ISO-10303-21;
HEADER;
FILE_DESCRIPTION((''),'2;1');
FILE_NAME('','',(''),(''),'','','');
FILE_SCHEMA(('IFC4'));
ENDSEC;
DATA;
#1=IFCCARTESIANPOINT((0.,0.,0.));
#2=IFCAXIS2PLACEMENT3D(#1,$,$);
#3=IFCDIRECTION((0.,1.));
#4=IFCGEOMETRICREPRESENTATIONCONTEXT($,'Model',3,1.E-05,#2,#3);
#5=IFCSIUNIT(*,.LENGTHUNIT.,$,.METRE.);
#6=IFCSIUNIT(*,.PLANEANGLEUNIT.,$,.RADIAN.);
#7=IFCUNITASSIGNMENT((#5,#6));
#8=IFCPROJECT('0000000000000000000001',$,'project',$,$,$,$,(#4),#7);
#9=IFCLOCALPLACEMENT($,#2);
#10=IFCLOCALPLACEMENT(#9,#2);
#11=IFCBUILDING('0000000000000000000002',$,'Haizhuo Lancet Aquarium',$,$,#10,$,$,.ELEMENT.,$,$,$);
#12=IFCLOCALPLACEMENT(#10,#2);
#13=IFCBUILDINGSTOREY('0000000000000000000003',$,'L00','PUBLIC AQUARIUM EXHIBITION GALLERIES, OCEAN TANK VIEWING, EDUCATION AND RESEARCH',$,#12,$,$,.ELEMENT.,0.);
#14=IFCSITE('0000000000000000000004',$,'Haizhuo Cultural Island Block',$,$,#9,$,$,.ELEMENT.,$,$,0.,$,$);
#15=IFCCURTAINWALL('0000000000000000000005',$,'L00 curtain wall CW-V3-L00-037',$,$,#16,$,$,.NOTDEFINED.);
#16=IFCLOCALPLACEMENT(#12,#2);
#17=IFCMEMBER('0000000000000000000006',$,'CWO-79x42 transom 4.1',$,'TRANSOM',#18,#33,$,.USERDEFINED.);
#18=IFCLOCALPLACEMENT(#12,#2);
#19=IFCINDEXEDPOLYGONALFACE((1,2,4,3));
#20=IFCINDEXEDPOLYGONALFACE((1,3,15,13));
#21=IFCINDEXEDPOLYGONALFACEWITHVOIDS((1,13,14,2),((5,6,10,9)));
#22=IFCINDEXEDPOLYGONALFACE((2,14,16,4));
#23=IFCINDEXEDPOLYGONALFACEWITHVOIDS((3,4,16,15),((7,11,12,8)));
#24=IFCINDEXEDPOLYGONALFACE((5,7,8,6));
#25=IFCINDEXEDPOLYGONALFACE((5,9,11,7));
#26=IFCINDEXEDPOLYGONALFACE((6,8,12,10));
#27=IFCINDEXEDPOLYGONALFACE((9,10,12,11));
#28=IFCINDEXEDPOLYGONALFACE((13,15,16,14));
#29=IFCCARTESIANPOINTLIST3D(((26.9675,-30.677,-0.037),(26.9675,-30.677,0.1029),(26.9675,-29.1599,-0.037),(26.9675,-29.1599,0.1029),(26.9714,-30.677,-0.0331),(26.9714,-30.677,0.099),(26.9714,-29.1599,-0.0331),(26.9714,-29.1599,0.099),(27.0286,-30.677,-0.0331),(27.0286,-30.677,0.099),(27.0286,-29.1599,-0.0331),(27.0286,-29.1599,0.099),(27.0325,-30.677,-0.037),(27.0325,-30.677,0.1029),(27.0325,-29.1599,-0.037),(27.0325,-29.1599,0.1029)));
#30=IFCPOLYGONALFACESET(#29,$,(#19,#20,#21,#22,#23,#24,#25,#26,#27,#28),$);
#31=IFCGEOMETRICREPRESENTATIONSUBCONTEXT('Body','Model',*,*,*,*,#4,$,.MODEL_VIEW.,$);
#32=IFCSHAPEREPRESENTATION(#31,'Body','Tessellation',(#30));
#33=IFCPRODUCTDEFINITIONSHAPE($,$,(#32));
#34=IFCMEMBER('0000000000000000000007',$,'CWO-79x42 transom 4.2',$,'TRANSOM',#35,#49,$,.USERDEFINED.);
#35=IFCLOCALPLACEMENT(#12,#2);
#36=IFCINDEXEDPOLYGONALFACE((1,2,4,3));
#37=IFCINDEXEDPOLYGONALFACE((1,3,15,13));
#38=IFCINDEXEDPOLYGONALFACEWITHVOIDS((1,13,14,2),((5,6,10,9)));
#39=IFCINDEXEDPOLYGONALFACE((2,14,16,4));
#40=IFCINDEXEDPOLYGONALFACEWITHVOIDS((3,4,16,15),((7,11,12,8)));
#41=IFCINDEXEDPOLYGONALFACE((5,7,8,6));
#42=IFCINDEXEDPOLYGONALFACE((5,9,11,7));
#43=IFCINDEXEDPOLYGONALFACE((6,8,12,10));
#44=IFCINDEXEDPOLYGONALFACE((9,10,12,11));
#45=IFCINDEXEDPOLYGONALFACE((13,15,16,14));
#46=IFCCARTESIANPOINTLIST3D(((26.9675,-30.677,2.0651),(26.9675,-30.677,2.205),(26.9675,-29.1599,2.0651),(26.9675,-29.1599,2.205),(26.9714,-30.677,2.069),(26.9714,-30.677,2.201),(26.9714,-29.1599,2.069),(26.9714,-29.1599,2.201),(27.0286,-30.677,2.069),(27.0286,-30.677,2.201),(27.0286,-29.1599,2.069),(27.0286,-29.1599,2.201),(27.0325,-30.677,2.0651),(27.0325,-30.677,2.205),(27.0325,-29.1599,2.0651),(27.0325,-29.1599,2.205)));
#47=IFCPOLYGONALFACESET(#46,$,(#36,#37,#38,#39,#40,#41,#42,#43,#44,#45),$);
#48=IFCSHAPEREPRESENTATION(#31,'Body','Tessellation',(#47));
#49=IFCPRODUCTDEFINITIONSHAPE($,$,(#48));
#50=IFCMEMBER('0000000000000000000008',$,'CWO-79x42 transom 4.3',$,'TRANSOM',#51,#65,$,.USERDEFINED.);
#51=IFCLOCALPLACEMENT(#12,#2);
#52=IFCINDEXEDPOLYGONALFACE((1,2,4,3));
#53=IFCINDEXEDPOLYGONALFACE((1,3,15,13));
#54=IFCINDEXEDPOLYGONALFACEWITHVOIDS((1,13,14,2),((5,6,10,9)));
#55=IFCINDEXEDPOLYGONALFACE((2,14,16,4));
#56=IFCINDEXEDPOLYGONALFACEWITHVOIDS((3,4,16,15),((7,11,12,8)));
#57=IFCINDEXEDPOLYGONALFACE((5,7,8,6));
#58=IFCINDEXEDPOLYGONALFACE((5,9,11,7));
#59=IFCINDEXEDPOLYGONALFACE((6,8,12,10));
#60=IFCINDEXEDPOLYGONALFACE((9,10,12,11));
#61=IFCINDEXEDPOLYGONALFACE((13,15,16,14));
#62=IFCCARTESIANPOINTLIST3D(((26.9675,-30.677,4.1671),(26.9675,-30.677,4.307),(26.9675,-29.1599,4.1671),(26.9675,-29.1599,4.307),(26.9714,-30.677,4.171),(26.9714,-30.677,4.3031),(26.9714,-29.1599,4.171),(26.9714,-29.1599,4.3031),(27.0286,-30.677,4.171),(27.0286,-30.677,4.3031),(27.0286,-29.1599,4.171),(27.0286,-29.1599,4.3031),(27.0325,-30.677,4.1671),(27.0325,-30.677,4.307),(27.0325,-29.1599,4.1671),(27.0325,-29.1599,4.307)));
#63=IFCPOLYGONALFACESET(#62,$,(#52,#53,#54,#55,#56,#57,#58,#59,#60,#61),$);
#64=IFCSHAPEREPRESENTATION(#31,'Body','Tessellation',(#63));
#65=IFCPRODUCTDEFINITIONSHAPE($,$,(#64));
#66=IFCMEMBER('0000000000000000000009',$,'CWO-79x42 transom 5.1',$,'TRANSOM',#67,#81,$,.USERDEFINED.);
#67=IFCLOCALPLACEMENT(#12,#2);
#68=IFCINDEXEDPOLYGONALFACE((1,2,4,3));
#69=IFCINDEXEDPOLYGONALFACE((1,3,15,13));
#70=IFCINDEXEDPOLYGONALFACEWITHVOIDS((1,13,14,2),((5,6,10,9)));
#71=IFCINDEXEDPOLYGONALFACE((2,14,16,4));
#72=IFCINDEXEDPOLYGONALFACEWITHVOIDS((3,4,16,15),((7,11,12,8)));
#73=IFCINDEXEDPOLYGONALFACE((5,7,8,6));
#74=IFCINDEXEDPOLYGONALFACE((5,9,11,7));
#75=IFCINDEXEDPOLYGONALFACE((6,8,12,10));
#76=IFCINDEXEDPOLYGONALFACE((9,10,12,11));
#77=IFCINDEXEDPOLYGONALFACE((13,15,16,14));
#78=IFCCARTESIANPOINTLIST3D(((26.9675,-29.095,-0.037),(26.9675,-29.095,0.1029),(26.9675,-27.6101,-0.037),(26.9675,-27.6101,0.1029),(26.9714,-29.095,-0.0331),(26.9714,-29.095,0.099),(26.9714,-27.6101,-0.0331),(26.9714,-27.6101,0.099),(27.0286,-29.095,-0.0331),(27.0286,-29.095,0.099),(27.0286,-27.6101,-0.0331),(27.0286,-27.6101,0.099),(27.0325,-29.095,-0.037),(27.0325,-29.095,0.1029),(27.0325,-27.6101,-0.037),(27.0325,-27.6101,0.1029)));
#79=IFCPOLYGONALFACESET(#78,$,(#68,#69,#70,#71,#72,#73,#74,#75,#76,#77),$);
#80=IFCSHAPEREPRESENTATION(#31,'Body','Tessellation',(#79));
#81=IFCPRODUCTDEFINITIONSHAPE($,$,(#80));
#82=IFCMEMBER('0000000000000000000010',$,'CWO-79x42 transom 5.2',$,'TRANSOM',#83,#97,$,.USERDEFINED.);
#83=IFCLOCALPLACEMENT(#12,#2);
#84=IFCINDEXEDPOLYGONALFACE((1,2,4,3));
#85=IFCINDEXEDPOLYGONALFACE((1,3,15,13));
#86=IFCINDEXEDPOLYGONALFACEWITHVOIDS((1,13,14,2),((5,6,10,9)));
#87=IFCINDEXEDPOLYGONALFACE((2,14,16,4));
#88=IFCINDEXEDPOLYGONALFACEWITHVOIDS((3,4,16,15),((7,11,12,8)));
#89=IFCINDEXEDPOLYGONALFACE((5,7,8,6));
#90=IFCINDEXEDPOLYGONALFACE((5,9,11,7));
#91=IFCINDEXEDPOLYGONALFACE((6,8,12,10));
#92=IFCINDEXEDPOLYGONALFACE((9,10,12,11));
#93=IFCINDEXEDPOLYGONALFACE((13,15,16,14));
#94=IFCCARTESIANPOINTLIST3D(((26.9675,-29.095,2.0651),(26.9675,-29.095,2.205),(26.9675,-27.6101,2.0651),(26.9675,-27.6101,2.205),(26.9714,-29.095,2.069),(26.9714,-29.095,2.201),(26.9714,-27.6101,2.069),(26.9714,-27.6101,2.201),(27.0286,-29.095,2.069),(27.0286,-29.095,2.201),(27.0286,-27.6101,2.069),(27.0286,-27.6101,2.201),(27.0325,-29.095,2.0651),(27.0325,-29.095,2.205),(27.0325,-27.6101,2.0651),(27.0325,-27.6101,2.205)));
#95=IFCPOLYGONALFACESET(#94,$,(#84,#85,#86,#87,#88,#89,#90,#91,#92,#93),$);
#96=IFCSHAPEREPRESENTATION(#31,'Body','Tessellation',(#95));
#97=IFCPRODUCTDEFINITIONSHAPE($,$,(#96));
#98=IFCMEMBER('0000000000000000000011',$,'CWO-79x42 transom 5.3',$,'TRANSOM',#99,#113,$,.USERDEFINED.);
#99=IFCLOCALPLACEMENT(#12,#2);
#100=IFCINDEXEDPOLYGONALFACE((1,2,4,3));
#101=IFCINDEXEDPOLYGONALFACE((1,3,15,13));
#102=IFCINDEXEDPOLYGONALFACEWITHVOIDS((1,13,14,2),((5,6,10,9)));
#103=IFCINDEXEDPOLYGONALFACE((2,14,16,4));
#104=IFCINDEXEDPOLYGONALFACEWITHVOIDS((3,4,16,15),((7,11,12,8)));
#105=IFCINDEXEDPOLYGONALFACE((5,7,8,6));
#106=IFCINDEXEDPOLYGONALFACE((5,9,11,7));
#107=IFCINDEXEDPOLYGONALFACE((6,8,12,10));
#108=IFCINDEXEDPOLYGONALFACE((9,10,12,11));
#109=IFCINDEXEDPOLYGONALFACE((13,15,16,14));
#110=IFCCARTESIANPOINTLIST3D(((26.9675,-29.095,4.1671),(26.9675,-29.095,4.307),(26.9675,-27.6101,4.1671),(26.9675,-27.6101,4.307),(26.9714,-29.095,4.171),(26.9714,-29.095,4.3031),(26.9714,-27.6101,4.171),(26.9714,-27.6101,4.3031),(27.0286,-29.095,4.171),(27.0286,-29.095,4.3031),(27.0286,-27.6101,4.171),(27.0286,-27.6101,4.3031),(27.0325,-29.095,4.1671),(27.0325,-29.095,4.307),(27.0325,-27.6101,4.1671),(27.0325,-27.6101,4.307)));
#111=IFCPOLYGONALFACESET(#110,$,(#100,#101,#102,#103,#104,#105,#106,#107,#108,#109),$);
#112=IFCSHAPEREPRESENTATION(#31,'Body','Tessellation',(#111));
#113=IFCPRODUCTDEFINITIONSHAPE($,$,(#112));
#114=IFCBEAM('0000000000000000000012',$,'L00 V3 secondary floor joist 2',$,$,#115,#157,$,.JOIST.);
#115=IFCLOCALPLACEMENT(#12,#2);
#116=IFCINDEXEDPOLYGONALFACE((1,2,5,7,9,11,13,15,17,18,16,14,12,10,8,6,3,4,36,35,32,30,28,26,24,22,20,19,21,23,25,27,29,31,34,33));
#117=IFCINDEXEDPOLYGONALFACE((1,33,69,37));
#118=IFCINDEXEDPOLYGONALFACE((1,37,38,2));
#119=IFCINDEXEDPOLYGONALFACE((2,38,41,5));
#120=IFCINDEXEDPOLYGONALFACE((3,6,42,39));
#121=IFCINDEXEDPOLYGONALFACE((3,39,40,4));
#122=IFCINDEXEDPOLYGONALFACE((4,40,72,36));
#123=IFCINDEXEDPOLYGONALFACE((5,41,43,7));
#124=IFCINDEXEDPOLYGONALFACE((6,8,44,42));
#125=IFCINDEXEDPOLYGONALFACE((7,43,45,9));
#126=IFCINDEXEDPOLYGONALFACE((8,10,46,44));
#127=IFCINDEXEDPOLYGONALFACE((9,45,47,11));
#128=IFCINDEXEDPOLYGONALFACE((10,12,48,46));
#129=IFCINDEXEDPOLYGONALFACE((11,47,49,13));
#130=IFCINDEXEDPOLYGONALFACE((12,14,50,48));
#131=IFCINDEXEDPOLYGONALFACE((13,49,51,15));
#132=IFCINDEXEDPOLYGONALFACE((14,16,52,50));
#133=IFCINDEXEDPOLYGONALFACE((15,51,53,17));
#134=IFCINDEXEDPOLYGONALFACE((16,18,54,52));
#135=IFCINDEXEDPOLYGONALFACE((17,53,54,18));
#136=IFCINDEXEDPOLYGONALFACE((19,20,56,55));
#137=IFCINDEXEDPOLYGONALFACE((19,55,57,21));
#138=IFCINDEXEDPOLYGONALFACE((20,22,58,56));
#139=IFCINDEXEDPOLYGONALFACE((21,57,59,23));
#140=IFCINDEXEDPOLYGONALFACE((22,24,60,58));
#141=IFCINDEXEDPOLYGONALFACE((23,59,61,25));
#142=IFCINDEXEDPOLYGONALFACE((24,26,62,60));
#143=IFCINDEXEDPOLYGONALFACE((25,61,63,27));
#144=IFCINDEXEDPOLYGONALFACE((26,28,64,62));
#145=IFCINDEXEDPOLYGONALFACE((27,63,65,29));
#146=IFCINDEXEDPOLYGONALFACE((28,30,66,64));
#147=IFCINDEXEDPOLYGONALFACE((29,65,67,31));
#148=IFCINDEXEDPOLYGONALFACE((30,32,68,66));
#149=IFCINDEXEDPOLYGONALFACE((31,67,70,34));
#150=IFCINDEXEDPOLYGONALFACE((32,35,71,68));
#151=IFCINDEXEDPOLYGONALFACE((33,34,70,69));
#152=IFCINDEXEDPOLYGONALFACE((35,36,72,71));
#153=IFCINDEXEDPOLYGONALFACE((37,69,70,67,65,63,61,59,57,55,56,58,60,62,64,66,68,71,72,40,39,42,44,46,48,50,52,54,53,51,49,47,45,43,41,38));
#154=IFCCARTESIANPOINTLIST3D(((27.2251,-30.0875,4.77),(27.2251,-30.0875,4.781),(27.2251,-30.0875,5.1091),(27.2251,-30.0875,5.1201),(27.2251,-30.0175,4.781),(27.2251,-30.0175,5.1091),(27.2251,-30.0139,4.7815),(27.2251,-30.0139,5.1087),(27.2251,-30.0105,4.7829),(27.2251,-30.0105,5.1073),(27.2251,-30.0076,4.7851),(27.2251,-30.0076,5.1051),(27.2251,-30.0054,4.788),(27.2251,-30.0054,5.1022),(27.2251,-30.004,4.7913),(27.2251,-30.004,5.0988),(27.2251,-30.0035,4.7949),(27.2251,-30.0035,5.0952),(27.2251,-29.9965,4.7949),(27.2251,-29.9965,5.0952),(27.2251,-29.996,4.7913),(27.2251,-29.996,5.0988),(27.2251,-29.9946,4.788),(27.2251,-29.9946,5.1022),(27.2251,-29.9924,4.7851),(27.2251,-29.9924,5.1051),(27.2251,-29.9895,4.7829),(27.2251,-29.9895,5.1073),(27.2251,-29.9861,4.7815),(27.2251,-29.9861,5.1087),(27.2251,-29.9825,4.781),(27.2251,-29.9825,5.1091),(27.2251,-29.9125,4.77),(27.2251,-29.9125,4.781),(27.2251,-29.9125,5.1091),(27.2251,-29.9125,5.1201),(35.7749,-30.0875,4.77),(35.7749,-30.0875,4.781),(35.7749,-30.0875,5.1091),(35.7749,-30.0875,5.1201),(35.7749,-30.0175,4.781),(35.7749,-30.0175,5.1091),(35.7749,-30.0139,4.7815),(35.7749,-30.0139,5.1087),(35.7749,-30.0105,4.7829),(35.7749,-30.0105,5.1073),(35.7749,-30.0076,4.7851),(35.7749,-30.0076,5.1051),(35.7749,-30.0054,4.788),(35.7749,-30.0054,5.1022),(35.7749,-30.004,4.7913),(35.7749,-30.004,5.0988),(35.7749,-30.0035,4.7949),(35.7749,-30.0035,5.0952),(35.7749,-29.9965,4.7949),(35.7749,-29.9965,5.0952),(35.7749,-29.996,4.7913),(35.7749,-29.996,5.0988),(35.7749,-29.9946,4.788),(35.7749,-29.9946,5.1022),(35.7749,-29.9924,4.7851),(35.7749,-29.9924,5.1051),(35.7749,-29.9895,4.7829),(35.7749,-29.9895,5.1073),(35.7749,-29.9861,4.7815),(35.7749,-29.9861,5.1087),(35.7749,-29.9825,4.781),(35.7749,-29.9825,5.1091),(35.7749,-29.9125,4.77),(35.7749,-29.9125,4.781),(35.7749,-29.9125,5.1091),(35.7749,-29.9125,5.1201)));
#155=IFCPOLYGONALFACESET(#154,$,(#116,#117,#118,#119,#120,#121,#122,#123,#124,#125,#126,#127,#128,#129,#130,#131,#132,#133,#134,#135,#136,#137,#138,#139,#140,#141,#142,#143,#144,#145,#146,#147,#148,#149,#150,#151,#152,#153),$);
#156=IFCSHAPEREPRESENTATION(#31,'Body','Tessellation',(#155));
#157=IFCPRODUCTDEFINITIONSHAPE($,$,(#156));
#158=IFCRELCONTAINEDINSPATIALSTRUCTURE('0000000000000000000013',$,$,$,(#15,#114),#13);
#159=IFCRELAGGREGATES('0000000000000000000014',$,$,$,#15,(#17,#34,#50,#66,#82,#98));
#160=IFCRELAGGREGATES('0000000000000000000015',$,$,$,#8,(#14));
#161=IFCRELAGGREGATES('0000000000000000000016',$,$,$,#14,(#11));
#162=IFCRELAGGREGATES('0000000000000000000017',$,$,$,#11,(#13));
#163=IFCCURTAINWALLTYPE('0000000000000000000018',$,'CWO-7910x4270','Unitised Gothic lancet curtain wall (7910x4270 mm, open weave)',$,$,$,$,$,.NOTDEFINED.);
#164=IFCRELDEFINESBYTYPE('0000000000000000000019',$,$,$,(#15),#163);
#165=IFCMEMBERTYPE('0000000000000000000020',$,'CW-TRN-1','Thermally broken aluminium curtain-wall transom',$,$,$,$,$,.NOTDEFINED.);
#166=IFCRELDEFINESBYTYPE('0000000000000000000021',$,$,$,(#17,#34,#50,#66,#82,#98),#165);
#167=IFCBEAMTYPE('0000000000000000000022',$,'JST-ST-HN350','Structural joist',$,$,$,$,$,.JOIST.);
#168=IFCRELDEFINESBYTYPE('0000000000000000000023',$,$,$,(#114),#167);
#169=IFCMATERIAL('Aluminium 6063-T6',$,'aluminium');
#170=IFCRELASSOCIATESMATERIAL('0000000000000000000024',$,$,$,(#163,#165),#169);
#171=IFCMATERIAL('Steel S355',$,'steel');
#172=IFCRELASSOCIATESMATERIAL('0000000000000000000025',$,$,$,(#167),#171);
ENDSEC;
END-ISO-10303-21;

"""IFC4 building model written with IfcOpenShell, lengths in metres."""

from ifc_helpers import new_model, si_unit, direction, frame, origin, origin_2d, place, context, subcontext, project, spatial, hollow_rectangle, i_section, extrude, material, material_profile, profile_set, type_object, element, aggregate, save


model = new_model("IFC4")

# Units and contexts
model_context = context("Model", 3, precision=1e-05, world=origin(), true_north=direction((0.0, 1.0)))
body_context = subcontext(model_context, "Body", "Model", "MODEL_VIEW")
ifc_project = project(units=[si_unit("LENGTHUNIT", "METRE"), si_unit("PLANEANGLEUNIT", "RADIAN")], contexts=[model_context])

# Site, building, storey
site_placement = place(None, origin())
site = spatial("IfcSite", under=ifc_project, at=site_placement, Name="Haizhuo Cultural Island Block", CompositionType="ELEMENT", RefElevation=0.0)
building_placement = place(site_placement, origin())
building = spatial("IfcBuilding", under=site, at=building_placement, Name="Haizhuo Lancet Aquarium", CompositionType="ELEMENT")
storey_placement = place(building_placement, origin())
storey = spatial("IfcBuildingStorey", under=building, at=storey_placement, Name="L00", Description="PUBLIC AQUARIUM EXHIBITION GALLERIES, OCEAN TANK VIEWING, EDUCATION AND RESEARCH", CompositionType="ELEMENT", Elevation=0.0)

# Curtain wall, members
ifc_material_1 = material(Name="Aluminium 6063-T6", Category="aluminium")
curtain_wall_type = type_object("IfcCurtainWallType", Name="CWO-7910x4270", Description="Unitised Gothic lancet curtain wall (7910x4270 mm, open weave)", PredefinedType="NOTDEFINED", material=ifc_material_1)
curtain_wall_placement = place(storey_placement, origin())
curtain_wall = element("IfcCurtainWall", 1, at=curtain_wall_placement, inside=storey, type_object=curtain_wall_type, Name="L00 curtain wall CW-V3-L00-037", PredefinedType="NOTDEFINED")
ifc_material_profile_1 = material_profile(ifc_material_1, hollow_rectangle(XDim=0.0649, YDim=0.1399, WallThickness=0.0039, at=origin_2d()), Name="ALU-T 65x140x4")
ifc_profile_set_1 = profile_set([ifc_material_profile_1], Name="Aluminium 6063-T6")
member_type_1 = type_object("IfcMemberType", Name="CW-TRN-1", Description="Thermally broken aluminium curtain-wall transom", PredefinedType="NOTDEFINED", material=ifc_profile_set_1)
member_1_placement = place(storey_placement, frame((27.0, -30.677, 0.033), z_axis=(0.0, 1.0, 0.0), x_axis=(-1.0, 0.0, 0.0)))
member_1 = element("IfcMember", 2, at=member_1_placement, type_object=member_type_1, Name="CWO-79x42 transom 4.1", ObjectType="TRANSOM", PredefinedType="USERDEFINED", context=body_context, shape_type="SweptSolid", body=[
    extrude(hollow_rectangle(XDim=0.0649, YDim=0.1399, WallThickness=0.0039, at=origin_2d()), origin(), (0.0, 0.0, 1.0), 1.5171),
])
member_2_placement = place(storey_placement, frame((27.0, -30.677, 2.135), z_axis=(0.0, 1.0, 0.0), x_axis=(-1.0, 0.0, 0.0)))
member_2 = element("IfcMember", 3, at=member_2_placement, type_object=member_type_1, Name="CWO-79x42 transom 4.2", ObjectType="TRANSOM", PredefinedType="USERDEFINED", context=body_context, shape_type="SweptSolid", body=[
    extrude(hollow_rectangle(XDim=0.0649, YDim=0.1399, WallThickness=0.0039, at=origin_2d()), origin(), (0.0, 0.0, 1.0), 1.5171),
])
member_3_placement = place(storey_placement, frame((27.0, -30.677, 4.2371), z_axis=(0.0, 1.0, 0.0), x_axis=(-1.0, 0.0, 0.0)))
member_3 = element("IfcMember", 4, at=member_3_placement, type_object=member_type_1, Name="CWO-79x42 transom 4.3", ObjectType="TRANSOM", PredefinedType="USERDEFINED", context=body_context, shape_type="SweptSolid", body=[
    extrude(hollow_rectangle(XDim=0.0649, YDim=0.1399, WallThickness=0.0039, at=origin_2d()), origin(), (0.0, 0.0, 1.0), 1.5171),
])
member_4_placement = place(storey_placement, frame((27.0, -29.095, 0.033), z_axis=(0.0, 1.0, 0.0), x_axis=(-1.0, 0.0, 0.0)))
member_4 = element("IfcMember", 5, at=member_4_placement, type_object=member_type_1, Name="CWO-79x42 transom 5.1", ObjectType="TRANSOM", PredefinedType="USERDEFINED", context=body_context, shape_type="SweptSolid", body=[
    extrude(hollow_rectangle(XDim=0.0649, YDim=0.1399, WallThickness=0.0039, at=origin_2d()), origin(), (0.0, 0.0, 1.0), 1.4849),
])
member_5_placement = place(storey_placement, frame((27.0, -29.095, 2.135), z_axis=(0.0, 1.0, 0.0), x_axis=(-1.0, 0.0, 0.0)))
member_5 = element("IfcMember", 6, at=member_5_placement, type_object=member_type_1, Name="CWO-79x42 transom 5.2", ObjectType="TRANSOM", PredefinedType="USERDEFINED", context=body_context, shape_type="SweptSolid", body=[
    extrude(hollow_rectangle(XDim=0.0649, YDim=0.1399, WallThickness=0.0039, at=origin_2d()), origin(), (0.0, 0.0, 1.0), 1.4849),
])
member_6_placement = place(storey_placement, frame((27.0, -29.095, 4.2371), z_axis=(0.0, 1.0, 0.0), x_axis=(-1.0, 0.0, 0.0)))
member_6 = element("IfcMember", 7, at=member_6_placement, type_object=member_type_1, Name="CWO-79x42 transom 5.3", ObjectType="TRANSOM", PredefinedType="USERDEFINED", context=body_context, shape_type="SweptSolid", body=[
    extrude(hollow_rectangle(XDim=0.0649, YDim=0.1399, WallThickness=0.0039, at=origin_2d()), origin(), (0.0, 0.0, 1.0), 1.4849),
])

# Beam
ifc_material_2 = material(Name="Steel S355", Category="steel")
ifc_material_profile_2 = material_profile(ifc_material_2, i_section(OverallWidth=0.175, OverallDepth=0.3501, WebThickness=0.0071, FlangeThickness=0.011, FilletRadius=0.0139, at=origin_2d()), Name="HN 350x175x7x11")
ifc_profile_set_2 = profile_set([ifc_material_profile_2], Name="Steel S355")
beam_type_1 = type_object("IfcBeamType", Name="JST-ST-HN350", Description="Structural joist", PredefinedType="JOIST", material=ifc_profile_set_2)
beam_1_placement = place(storey_placement, frame((27.2251, -30.0, 4.9451), z_axis=(1.0, 0.0, 0.0), x_axis=(0.0, 1.0, 0.0)))
element("IfcBeam", 8, at=beam_1_placement, inside=storey, type_object=beam_type_1, Name="L00 V3 secondary floor joist 2", PredefinedType="JOIST", context=body_context, shape_type="SweptSolid", body=[
    extrude(i_section(OverallWidth=0.175, OverallDepth=0.3501, WebThickness=0.0071, FlangeThickness=0.011, FilletRadius=0.0139, at=origin_2d()), origin(), (0.0, 0.0, 1.0), 8.5498),
])

aggregate(curtain_wall, [member_1, member_2, member_3, member_4, member_5, member_6])

save(model, "model.ifc")
